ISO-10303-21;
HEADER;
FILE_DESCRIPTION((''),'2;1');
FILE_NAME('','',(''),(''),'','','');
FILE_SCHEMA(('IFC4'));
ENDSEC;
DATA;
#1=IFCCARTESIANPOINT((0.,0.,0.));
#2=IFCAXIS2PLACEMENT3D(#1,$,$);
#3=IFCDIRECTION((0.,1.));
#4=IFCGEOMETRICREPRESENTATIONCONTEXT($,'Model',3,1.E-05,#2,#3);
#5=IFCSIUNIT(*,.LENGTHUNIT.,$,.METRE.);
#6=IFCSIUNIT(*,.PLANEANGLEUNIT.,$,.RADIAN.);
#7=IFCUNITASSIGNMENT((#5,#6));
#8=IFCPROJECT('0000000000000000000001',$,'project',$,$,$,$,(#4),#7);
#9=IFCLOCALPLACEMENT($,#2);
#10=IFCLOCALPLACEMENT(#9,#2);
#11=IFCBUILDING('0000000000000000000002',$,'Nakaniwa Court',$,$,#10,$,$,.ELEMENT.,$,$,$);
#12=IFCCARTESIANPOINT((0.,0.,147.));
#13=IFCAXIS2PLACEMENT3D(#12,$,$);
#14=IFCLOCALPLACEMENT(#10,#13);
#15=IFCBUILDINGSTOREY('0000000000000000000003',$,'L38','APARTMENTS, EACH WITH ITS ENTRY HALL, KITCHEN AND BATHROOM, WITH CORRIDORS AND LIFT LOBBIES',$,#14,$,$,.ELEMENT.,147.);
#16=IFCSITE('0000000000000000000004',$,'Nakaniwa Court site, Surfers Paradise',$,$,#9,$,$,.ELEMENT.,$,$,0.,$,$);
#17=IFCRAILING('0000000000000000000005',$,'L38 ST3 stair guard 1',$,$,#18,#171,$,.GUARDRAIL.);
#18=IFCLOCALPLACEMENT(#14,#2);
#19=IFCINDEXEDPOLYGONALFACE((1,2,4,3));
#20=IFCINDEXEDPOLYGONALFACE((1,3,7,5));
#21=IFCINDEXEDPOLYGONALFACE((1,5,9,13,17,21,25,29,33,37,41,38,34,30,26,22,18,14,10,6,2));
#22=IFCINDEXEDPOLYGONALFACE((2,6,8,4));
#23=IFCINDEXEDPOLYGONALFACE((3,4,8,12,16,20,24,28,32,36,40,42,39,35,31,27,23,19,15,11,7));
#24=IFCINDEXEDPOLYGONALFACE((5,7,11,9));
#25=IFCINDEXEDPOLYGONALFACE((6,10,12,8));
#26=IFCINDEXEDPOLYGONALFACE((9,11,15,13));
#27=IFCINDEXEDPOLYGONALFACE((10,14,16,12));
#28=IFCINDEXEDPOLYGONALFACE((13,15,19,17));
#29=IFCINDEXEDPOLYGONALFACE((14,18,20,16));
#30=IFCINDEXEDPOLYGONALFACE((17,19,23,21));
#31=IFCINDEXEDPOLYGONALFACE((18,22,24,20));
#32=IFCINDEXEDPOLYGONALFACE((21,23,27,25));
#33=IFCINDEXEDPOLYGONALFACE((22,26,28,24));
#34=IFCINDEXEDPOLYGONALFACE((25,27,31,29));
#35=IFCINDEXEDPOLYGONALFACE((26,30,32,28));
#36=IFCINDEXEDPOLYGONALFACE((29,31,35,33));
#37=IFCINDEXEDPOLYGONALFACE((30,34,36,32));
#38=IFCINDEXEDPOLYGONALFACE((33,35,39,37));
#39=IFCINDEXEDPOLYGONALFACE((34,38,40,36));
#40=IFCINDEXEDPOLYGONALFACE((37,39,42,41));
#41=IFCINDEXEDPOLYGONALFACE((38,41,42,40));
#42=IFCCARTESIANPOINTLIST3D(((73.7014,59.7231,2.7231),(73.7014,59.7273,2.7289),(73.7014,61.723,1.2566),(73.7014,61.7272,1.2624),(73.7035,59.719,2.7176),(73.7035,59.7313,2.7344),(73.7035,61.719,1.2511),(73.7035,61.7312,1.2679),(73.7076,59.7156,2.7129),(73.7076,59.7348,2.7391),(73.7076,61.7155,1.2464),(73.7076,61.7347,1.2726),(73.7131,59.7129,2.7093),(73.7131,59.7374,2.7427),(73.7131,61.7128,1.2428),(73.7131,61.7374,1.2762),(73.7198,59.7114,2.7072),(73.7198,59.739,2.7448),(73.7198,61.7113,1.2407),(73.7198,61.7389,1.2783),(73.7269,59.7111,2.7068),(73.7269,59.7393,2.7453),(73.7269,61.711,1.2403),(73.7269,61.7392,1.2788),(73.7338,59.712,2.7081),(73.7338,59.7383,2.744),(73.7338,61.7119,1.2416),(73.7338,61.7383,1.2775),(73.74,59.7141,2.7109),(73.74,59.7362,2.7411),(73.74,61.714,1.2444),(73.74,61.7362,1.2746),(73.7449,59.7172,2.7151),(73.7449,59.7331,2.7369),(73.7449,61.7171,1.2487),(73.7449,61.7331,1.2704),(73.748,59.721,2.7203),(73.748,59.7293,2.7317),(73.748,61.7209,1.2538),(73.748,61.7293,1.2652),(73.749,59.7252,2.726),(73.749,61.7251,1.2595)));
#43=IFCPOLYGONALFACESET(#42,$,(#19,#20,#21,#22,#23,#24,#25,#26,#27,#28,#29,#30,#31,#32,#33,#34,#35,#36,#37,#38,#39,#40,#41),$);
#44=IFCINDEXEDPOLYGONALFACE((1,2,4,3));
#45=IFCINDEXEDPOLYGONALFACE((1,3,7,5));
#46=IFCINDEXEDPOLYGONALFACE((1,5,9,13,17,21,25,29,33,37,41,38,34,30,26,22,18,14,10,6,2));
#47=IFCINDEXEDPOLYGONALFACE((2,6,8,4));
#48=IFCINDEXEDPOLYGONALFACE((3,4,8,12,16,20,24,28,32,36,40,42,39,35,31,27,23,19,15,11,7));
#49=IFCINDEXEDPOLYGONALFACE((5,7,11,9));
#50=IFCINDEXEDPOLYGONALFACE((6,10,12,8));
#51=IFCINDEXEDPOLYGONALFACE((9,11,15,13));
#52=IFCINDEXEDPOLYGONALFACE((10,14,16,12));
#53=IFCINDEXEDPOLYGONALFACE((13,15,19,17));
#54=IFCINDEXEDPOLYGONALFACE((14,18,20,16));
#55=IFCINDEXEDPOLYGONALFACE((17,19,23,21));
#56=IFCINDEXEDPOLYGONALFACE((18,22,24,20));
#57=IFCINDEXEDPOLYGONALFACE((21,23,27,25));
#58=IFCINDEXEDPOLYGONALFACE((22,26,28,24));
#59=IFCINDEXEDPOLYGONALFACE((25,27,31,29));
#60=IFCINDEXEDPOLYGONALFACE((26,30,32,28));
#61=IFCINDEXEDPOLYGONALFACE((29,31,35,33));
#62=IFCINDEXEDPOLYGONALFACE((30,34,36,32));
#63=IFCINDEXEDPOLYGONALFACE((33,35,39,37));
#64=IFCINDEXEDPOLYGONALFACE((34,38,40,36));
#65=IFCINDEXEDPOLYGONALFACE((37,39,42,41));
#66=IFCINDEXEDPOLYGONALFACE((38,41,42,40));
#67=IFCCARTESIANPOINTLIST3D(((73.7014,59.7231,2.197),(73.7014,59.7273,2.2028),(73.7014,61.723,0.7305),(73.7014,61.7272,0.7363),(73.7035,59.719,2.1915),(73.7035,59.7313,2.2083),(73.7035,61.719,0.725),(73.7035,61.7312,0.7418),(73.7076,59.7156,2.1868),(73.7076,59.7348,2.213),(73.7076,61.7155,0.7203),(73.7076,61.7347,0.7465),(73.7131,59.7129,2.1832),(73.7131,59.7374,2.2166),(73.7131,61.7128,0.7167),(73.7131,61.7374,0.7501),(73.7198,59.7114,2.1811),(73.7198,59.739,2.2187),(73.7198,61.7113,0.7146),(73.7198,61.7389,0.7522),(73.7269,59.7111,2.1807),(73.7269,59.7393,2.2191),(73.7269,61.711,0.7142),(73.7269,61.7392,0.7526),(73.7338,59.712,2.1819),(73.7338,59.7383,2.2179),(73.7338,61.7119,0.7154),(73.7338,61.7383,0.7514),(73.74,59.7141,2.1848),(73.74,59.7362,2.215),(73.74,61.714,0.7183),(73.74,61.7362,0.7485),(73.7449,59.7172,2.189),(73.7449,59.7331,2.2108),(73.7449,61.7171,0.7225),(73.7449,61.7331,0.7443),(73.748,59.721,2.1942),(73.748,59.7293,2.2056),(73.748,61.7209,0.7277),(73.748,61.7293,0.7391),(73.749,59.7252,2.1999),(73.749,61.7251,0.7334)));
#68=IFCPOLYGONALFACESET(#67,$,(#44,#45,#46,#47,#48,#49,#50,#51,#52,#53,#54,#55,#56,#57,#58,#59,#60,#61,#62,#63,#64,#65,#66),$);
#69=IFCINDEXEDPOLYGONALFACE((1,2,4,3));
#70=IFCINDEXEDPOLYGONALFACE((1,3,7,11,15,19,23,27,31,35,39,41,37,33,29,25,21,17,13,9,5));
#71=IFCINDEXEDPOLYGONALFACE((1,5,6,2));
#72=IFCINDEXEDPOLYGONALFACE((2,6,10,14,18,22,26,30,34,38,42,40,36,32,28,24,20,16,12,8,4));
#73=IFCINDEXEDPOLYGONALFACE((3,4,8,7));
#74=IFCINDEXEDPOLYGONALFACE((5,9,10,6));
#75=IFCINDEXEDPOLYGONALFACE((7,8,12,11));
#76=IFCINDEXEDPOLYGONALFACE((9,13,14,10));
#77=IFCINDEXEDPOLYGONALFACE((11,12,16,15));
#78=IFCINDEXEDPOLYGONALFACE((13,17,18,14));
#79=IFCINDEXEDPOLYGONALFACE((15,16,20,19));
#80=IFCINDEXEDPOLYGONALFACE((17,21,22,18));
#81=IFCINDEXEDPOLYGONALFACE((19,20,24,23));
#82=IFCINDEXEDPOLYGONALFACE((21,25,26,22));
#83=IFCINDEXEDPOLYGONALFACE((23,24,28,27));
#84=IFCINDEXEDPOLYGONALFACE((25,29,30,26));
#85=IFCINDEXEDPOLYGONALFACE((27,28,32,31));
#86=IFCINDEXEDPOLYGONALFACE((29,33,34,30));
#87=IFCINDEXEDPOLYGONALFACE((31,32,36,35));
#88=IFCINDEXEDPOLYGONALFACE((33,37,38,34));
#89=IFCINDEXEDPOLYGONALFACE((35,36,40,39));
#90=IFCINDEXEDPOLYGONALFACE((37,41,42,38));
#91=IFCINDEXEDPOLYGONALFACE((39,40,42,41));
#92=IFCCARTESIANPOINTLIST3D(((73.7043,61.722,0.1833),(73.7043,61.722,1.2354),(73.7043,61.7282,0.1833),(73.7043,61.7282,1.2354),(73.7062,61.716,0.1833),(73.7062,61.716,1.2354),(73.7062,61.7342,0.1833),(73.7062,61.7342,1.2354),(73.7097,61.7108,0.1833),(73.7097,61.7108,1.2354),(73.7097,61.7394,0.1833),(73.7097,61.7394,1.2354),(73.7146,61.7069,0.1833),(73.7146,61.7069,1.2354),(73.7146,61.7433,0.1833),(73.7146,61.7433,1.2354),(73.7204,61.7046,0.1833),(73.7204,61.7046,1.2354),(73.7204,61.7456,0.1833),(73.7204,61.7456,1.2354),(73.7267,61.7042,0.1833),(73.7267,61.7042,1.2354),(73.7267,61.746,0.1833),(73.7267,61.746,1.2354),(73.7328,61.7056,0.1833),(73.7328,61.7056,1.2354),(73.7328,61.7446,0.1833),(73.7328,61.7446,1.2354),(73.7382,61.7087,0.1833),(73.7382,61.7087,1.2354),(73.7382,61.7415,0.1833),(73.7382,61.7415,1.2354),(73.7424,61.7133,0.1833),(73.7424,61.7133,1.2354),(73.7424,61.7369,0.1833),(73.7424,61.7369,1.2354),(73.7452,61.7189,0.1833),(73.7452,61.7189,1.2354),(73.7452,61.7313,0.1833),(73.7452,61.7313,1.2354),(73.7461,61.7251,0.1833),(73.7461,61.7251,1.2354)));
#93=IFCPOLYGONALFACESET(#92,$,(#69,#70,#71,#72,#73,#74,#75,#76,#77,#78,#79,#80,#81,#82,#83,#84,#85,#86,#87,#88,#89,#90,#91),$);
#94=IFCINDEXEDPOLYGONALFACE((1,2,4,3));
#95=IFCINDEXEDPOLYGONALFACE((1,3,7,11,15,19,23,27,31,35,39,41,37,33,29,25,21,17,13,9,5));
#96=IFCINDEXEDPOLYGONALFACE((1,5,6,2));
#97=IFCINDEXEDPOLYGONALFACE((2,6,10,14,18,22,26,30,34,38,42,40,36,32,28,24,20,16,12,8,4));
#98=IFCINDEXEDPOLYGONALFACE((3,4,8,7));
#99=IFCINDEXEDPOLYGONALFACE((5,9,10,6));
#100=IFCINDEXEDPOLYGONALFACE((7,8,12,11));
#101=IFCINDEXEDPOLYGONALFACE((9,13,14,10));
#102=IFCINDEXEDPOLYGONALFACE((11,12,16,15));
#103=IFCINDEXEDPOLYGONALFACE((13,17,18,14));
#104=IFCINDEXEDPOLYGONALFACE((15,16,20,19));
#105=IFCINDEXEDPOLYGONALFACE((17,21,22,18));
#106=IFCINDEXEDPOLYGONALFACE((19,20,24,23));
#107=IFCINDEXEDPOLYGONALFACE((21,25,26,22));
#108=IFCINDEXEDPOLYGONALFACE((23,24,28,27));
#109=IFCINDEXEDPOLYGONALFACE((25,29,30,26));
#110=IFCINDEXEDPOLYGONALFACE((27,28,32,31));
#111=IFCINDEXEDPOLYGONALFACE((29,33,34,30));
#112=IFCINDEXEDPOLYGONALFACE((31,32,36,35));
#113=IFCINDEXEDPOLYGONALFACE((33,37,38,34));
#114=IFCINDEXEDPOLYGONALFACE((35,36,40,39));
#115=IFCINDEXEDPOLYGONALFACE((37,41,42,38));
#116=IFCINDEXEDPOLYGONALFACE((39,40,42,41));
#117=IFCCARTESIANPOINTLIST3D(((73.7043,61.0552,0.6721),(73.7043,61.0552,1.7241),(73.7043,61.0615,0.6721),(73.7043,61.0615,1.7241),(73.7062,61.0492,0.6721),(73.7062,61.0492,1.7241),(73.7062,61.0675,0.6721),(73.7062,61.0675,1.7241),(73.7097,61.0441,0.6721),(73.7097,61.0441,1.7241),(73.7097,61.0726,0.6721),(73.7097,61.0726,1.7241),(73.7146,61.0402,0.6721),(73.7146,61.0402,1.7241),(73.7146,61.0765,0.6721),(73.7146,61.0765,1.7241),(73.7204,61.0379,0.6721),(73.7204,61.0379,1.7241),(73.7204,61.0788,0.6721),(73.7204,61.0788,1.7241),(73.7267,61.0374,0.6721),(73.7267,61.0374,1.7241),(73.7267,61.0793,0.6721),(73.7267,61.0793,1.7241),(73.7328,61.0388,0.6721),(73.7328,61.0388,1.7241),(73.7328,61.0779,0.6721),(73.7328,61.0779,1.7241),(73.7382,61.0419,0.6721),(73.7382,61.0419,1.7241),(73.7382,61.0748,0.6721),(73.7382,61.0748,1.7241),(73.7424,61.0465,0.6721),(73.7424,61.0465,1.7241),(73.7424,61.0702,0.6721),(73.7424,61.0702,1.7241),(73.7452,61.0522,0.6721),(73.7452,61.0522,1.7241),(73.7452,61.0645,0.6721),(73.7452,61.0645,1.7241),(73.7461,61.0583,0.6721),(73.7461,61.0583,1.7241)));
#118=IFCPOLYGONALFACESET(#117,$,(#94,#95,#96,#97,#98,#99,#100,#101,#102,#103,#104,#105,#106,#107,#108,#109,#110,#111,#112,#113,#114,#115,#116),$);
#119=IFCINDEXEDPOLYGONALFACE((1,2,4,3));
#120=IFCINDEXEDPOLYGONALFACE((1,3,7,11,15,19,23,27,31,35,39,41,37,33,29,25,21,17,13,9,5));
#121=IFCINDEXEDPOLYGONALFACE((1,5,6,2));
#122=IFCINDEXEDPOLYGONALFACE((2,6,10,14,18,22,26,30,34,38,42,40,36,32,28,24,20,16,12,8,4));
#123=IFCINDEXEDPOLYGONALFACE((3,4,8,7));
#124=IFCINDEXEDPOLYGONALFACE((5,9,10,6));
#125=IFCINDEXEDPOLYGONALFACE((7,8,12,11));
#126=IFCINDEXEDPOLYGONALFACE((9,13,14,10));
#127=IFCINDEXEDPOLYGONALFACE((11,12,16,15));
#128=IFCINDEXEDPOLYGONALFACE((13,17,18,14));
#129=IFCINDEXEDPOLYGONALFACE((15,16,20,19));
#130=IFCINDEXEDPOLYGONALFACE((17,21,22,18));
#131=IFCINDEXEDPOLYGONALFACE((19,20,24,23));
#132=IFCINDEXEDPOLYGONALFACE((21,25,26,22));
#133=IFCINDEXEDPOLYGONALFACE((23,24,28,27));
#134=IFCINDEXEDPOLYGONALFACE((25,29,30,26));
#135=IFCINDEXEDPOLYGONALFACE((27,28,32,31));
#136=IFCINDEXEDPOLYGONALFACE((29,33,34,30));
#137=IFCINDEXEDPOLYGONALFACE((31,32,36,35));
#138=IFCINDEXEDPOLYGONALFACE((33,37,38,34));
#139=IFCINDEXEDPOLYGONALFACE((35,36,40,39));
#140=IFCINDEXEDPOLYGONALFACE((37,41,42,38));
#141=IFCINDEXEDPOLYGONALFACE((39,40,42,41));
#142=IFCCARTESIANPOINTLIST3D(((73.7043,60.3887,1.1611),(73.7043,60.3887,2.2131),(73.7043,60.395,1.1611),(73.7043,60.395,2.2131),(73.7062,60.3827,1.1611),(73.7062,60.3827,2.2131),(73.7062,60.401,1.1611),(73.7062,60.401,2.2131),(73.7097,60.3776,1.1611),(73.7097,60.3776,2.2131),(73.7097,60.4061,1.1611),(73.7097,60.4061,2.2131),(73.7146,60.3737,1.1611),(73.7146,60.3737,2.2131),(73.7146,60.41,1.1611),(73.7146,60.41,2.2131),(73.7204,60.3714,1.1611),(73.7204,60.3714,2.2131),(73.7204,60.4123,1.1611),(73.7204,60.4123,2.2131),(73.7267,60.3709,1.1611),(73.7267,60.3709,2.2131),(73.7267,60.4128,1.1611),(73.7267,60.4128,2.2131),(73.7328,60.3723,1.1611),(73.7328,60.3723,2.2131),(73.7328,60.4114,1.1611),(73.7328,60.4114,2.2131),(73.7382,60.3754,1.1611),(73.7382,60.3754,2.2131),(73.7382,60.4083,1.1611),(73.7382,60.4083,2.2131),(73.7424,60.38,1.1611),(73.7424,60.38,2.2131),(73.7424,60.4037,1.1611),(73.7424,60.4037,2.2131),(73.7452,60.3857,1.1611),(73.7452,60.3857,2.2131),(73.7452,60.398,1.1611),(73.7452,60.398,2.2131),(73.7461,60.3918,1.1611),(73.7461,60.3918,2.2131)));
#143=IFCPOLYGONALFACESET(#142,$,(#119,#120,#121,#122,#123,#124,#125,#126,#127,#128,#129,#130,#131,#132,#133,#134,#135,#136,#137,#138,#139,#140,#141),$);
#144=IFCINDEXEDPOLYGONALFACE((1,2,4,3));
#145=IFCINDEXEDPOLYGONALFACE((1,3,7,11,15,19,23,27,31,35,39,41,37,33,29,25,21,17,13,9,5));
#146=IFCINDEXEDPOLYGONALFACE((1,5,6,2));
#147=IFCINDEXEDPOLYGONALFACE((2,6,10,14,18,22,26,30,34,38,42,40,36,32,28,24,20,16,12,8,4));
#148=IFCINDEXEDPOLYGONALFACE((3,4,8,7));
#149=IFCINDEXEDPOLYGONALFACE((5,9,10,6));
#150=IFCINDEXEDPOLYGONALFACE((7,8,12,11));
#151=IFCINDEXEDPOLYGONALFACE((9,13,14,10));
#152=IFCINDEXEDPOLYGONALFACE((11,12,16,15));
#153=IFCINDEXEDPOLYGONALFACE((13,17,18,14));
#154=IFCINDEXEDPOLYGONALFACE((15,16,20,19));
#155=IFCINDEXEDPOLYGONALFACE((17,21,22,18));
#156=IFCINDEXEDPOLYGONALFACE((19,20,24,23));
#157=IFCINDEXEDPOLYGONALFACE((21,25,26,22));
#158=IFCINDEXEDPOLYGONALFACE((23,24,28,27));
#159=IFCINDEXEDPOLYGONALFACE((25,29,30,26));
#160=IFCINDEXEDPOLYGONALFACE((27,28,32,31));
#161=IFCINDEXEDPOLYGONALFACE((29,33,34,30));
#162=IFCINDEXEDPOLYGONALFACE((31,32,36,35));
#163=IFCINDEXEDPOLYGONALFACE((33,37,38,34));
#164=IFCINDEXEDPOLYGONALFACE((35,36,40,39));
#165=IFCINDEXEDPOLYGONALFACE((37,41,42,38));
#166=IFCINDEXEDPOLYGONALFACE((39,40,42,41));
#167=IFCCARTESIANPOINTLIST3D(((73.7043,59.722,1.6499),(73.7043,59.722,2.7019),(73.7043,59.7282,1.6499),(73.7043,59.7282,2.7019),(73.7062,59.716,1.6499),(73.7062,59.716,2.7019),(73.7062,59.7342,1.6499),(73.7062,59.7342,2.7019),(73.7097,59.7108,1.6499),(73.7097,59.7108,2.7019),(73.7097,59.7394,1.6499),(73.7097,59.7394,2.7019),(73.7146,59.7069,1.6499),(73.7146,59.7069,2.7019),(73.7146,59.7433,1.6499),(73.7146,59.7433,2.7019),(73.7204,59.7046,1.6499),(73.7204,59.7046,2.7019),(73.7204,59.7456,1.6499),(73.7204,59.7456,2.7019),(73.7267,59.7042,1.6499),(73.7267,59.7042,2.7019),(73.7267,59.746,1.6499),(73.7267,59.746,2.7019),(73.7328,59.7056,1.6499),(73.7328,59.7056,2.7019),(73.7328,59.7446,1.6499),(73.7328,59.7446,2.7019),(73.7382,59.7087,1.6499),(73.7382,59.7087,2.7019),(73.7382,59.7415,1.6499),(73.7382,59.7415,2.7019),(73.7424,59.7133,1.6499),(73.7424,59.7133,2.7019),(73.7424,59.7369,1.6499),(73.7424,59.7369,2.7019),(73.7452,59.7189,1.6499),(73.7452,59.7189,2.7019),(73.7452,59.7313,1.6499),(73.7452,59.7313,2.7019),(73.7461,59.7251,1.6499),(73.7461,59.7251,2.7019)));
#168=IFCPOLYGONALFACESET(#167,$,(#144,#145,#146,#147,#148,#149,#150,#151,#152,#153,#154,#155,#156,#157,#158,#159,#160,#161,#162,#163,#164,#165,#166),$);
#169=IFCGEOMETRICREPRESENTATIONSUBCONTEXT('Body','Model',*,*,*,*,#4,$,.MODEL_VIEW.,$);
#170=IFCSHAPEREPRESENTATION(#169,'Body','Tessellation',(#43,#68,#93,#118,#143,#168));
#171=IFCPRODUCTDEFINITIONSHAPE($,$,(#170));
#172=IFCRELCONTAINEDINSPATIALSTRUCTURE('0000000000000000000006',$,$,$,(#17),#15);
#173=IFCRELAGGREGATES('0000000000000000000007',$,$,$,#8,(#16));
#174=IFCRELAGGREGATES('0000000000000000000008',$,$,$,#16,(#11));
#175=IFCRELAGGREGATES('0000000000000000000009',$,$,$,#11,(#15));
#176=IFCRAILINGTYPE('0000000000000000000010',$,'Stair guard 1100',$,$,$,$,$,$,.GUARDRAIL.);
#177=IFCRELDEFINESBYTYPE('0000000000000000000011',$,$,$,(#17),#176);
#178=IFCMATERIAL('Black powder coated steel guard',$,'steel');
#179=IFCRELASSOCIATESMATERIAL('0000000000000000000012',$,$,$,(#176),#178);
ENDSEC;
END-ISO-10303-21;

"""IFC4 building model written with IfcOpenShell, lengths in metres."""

from ifc_helpers import new_model, si_unit, direction, frame, origin, origin_2d, place, context, subcontext, project, spatial, circle, extrude, material, type_object, element, save


model = new_model("IFC4")

# Units and contexts
model_context = context("Model", 3, precision=1e-05, world=origin(), true_north=direction((0.0, 1.0)))
body_context = subcontext(model_context, "Body", "Model", "MODEL_VIEW")
ifc_project = project(units=[si_unit("LENGTHUNIT", "METRE"), si_unit("PLANEANGLEUNIT", "RADIAN")], contexts=[model_context])

# Site, building, storey
site_placement = place(None, origin())
site = spatial("IfcSite", under=ifc_project, at=site_placement, Name="Nakaniwa Court site, Surfers Paradise", CompositionType="ELEMENT", RefElevation=0.0)
building_placement = place(site_placement, origin())
building = spatial("IfcBuilding", under=site, at=building_placement, Name="Nakaniwa Court", CompositionType="ELEMENT")
storey_placement = place(building_placement, frame((0.0, 0.0, 147.0)))
storey = spatial("IfcBuildingStorey", under=building, at=storey_placement, Name="L38", Description="APARTMENTS, EACH WITH ITS ENTRY HALL, KITCHEN AND BATHROOM, WITH CORRIDORS AND LIFT LOBBIES", CompositionType="ELEMENT", Elevation=147.0)

# Railing
ifc_material_1 = material(Name="Black powder coated steel guard", Category="steel")
railing_type_1 = type_object("IfcRailingType", Name="Stair guard 1100", PredefinedType="GUARDRAIL", material=ifc_material_1)
railing_1_placement = place(storey_placement, frame((73.7251, 61.7251, 0.1833)))
element("IfcRailing", 1, at=railing_1_placement, inside=storey, type_object=railing_type_1, Name="L38 ST3 stair guard 1", PredefinedType="GUARDRAIL", context=body_context, shape_type="SweptSolid", body=[
    extrude(circle(Radius=0.0239, at=origin_2d()), frame((0.0, 0.0, 1.0762), z_axis=(0.0, -0.806427, 0.591334), x_axis=(1.0, 0.0, 0.0)), (0.0, 0.0, 1.0), 2.48),
    extrude(circle(Radius=0.0239, at=origin_2d()), frame((0.0, 0.0, 0.55), z_axis=(0.0, -0.806427, 0.591334), x_axis=(1.0, 0.0, 0.0)), (0.0, 0.0, 1.0), 2.48),
    extrude(circle(Radius=0.021, at=origin_2d()), origin(), (0.0, 0.0, 1.0), 1.052),
    extrude(circle(Radius=0.021, at=origin_2d()), frame((0.0, -0.6667, 0.4888)), (0.0, 0.0, 1.0), 1.052),
    extrude(circle(Radius=0.021, at=origin_2d()), frame((0.0, -1.3333, 0.9778)), (0.0, 0.0, 1.0), 1.052),
    extrude(circle(Radius=0.021, at=origin_2d()), frame((0.0, -2.0, 1.4666)), (0.0, 0.0, 1.0), 1.052),
])

save(model, "model.ifc")
